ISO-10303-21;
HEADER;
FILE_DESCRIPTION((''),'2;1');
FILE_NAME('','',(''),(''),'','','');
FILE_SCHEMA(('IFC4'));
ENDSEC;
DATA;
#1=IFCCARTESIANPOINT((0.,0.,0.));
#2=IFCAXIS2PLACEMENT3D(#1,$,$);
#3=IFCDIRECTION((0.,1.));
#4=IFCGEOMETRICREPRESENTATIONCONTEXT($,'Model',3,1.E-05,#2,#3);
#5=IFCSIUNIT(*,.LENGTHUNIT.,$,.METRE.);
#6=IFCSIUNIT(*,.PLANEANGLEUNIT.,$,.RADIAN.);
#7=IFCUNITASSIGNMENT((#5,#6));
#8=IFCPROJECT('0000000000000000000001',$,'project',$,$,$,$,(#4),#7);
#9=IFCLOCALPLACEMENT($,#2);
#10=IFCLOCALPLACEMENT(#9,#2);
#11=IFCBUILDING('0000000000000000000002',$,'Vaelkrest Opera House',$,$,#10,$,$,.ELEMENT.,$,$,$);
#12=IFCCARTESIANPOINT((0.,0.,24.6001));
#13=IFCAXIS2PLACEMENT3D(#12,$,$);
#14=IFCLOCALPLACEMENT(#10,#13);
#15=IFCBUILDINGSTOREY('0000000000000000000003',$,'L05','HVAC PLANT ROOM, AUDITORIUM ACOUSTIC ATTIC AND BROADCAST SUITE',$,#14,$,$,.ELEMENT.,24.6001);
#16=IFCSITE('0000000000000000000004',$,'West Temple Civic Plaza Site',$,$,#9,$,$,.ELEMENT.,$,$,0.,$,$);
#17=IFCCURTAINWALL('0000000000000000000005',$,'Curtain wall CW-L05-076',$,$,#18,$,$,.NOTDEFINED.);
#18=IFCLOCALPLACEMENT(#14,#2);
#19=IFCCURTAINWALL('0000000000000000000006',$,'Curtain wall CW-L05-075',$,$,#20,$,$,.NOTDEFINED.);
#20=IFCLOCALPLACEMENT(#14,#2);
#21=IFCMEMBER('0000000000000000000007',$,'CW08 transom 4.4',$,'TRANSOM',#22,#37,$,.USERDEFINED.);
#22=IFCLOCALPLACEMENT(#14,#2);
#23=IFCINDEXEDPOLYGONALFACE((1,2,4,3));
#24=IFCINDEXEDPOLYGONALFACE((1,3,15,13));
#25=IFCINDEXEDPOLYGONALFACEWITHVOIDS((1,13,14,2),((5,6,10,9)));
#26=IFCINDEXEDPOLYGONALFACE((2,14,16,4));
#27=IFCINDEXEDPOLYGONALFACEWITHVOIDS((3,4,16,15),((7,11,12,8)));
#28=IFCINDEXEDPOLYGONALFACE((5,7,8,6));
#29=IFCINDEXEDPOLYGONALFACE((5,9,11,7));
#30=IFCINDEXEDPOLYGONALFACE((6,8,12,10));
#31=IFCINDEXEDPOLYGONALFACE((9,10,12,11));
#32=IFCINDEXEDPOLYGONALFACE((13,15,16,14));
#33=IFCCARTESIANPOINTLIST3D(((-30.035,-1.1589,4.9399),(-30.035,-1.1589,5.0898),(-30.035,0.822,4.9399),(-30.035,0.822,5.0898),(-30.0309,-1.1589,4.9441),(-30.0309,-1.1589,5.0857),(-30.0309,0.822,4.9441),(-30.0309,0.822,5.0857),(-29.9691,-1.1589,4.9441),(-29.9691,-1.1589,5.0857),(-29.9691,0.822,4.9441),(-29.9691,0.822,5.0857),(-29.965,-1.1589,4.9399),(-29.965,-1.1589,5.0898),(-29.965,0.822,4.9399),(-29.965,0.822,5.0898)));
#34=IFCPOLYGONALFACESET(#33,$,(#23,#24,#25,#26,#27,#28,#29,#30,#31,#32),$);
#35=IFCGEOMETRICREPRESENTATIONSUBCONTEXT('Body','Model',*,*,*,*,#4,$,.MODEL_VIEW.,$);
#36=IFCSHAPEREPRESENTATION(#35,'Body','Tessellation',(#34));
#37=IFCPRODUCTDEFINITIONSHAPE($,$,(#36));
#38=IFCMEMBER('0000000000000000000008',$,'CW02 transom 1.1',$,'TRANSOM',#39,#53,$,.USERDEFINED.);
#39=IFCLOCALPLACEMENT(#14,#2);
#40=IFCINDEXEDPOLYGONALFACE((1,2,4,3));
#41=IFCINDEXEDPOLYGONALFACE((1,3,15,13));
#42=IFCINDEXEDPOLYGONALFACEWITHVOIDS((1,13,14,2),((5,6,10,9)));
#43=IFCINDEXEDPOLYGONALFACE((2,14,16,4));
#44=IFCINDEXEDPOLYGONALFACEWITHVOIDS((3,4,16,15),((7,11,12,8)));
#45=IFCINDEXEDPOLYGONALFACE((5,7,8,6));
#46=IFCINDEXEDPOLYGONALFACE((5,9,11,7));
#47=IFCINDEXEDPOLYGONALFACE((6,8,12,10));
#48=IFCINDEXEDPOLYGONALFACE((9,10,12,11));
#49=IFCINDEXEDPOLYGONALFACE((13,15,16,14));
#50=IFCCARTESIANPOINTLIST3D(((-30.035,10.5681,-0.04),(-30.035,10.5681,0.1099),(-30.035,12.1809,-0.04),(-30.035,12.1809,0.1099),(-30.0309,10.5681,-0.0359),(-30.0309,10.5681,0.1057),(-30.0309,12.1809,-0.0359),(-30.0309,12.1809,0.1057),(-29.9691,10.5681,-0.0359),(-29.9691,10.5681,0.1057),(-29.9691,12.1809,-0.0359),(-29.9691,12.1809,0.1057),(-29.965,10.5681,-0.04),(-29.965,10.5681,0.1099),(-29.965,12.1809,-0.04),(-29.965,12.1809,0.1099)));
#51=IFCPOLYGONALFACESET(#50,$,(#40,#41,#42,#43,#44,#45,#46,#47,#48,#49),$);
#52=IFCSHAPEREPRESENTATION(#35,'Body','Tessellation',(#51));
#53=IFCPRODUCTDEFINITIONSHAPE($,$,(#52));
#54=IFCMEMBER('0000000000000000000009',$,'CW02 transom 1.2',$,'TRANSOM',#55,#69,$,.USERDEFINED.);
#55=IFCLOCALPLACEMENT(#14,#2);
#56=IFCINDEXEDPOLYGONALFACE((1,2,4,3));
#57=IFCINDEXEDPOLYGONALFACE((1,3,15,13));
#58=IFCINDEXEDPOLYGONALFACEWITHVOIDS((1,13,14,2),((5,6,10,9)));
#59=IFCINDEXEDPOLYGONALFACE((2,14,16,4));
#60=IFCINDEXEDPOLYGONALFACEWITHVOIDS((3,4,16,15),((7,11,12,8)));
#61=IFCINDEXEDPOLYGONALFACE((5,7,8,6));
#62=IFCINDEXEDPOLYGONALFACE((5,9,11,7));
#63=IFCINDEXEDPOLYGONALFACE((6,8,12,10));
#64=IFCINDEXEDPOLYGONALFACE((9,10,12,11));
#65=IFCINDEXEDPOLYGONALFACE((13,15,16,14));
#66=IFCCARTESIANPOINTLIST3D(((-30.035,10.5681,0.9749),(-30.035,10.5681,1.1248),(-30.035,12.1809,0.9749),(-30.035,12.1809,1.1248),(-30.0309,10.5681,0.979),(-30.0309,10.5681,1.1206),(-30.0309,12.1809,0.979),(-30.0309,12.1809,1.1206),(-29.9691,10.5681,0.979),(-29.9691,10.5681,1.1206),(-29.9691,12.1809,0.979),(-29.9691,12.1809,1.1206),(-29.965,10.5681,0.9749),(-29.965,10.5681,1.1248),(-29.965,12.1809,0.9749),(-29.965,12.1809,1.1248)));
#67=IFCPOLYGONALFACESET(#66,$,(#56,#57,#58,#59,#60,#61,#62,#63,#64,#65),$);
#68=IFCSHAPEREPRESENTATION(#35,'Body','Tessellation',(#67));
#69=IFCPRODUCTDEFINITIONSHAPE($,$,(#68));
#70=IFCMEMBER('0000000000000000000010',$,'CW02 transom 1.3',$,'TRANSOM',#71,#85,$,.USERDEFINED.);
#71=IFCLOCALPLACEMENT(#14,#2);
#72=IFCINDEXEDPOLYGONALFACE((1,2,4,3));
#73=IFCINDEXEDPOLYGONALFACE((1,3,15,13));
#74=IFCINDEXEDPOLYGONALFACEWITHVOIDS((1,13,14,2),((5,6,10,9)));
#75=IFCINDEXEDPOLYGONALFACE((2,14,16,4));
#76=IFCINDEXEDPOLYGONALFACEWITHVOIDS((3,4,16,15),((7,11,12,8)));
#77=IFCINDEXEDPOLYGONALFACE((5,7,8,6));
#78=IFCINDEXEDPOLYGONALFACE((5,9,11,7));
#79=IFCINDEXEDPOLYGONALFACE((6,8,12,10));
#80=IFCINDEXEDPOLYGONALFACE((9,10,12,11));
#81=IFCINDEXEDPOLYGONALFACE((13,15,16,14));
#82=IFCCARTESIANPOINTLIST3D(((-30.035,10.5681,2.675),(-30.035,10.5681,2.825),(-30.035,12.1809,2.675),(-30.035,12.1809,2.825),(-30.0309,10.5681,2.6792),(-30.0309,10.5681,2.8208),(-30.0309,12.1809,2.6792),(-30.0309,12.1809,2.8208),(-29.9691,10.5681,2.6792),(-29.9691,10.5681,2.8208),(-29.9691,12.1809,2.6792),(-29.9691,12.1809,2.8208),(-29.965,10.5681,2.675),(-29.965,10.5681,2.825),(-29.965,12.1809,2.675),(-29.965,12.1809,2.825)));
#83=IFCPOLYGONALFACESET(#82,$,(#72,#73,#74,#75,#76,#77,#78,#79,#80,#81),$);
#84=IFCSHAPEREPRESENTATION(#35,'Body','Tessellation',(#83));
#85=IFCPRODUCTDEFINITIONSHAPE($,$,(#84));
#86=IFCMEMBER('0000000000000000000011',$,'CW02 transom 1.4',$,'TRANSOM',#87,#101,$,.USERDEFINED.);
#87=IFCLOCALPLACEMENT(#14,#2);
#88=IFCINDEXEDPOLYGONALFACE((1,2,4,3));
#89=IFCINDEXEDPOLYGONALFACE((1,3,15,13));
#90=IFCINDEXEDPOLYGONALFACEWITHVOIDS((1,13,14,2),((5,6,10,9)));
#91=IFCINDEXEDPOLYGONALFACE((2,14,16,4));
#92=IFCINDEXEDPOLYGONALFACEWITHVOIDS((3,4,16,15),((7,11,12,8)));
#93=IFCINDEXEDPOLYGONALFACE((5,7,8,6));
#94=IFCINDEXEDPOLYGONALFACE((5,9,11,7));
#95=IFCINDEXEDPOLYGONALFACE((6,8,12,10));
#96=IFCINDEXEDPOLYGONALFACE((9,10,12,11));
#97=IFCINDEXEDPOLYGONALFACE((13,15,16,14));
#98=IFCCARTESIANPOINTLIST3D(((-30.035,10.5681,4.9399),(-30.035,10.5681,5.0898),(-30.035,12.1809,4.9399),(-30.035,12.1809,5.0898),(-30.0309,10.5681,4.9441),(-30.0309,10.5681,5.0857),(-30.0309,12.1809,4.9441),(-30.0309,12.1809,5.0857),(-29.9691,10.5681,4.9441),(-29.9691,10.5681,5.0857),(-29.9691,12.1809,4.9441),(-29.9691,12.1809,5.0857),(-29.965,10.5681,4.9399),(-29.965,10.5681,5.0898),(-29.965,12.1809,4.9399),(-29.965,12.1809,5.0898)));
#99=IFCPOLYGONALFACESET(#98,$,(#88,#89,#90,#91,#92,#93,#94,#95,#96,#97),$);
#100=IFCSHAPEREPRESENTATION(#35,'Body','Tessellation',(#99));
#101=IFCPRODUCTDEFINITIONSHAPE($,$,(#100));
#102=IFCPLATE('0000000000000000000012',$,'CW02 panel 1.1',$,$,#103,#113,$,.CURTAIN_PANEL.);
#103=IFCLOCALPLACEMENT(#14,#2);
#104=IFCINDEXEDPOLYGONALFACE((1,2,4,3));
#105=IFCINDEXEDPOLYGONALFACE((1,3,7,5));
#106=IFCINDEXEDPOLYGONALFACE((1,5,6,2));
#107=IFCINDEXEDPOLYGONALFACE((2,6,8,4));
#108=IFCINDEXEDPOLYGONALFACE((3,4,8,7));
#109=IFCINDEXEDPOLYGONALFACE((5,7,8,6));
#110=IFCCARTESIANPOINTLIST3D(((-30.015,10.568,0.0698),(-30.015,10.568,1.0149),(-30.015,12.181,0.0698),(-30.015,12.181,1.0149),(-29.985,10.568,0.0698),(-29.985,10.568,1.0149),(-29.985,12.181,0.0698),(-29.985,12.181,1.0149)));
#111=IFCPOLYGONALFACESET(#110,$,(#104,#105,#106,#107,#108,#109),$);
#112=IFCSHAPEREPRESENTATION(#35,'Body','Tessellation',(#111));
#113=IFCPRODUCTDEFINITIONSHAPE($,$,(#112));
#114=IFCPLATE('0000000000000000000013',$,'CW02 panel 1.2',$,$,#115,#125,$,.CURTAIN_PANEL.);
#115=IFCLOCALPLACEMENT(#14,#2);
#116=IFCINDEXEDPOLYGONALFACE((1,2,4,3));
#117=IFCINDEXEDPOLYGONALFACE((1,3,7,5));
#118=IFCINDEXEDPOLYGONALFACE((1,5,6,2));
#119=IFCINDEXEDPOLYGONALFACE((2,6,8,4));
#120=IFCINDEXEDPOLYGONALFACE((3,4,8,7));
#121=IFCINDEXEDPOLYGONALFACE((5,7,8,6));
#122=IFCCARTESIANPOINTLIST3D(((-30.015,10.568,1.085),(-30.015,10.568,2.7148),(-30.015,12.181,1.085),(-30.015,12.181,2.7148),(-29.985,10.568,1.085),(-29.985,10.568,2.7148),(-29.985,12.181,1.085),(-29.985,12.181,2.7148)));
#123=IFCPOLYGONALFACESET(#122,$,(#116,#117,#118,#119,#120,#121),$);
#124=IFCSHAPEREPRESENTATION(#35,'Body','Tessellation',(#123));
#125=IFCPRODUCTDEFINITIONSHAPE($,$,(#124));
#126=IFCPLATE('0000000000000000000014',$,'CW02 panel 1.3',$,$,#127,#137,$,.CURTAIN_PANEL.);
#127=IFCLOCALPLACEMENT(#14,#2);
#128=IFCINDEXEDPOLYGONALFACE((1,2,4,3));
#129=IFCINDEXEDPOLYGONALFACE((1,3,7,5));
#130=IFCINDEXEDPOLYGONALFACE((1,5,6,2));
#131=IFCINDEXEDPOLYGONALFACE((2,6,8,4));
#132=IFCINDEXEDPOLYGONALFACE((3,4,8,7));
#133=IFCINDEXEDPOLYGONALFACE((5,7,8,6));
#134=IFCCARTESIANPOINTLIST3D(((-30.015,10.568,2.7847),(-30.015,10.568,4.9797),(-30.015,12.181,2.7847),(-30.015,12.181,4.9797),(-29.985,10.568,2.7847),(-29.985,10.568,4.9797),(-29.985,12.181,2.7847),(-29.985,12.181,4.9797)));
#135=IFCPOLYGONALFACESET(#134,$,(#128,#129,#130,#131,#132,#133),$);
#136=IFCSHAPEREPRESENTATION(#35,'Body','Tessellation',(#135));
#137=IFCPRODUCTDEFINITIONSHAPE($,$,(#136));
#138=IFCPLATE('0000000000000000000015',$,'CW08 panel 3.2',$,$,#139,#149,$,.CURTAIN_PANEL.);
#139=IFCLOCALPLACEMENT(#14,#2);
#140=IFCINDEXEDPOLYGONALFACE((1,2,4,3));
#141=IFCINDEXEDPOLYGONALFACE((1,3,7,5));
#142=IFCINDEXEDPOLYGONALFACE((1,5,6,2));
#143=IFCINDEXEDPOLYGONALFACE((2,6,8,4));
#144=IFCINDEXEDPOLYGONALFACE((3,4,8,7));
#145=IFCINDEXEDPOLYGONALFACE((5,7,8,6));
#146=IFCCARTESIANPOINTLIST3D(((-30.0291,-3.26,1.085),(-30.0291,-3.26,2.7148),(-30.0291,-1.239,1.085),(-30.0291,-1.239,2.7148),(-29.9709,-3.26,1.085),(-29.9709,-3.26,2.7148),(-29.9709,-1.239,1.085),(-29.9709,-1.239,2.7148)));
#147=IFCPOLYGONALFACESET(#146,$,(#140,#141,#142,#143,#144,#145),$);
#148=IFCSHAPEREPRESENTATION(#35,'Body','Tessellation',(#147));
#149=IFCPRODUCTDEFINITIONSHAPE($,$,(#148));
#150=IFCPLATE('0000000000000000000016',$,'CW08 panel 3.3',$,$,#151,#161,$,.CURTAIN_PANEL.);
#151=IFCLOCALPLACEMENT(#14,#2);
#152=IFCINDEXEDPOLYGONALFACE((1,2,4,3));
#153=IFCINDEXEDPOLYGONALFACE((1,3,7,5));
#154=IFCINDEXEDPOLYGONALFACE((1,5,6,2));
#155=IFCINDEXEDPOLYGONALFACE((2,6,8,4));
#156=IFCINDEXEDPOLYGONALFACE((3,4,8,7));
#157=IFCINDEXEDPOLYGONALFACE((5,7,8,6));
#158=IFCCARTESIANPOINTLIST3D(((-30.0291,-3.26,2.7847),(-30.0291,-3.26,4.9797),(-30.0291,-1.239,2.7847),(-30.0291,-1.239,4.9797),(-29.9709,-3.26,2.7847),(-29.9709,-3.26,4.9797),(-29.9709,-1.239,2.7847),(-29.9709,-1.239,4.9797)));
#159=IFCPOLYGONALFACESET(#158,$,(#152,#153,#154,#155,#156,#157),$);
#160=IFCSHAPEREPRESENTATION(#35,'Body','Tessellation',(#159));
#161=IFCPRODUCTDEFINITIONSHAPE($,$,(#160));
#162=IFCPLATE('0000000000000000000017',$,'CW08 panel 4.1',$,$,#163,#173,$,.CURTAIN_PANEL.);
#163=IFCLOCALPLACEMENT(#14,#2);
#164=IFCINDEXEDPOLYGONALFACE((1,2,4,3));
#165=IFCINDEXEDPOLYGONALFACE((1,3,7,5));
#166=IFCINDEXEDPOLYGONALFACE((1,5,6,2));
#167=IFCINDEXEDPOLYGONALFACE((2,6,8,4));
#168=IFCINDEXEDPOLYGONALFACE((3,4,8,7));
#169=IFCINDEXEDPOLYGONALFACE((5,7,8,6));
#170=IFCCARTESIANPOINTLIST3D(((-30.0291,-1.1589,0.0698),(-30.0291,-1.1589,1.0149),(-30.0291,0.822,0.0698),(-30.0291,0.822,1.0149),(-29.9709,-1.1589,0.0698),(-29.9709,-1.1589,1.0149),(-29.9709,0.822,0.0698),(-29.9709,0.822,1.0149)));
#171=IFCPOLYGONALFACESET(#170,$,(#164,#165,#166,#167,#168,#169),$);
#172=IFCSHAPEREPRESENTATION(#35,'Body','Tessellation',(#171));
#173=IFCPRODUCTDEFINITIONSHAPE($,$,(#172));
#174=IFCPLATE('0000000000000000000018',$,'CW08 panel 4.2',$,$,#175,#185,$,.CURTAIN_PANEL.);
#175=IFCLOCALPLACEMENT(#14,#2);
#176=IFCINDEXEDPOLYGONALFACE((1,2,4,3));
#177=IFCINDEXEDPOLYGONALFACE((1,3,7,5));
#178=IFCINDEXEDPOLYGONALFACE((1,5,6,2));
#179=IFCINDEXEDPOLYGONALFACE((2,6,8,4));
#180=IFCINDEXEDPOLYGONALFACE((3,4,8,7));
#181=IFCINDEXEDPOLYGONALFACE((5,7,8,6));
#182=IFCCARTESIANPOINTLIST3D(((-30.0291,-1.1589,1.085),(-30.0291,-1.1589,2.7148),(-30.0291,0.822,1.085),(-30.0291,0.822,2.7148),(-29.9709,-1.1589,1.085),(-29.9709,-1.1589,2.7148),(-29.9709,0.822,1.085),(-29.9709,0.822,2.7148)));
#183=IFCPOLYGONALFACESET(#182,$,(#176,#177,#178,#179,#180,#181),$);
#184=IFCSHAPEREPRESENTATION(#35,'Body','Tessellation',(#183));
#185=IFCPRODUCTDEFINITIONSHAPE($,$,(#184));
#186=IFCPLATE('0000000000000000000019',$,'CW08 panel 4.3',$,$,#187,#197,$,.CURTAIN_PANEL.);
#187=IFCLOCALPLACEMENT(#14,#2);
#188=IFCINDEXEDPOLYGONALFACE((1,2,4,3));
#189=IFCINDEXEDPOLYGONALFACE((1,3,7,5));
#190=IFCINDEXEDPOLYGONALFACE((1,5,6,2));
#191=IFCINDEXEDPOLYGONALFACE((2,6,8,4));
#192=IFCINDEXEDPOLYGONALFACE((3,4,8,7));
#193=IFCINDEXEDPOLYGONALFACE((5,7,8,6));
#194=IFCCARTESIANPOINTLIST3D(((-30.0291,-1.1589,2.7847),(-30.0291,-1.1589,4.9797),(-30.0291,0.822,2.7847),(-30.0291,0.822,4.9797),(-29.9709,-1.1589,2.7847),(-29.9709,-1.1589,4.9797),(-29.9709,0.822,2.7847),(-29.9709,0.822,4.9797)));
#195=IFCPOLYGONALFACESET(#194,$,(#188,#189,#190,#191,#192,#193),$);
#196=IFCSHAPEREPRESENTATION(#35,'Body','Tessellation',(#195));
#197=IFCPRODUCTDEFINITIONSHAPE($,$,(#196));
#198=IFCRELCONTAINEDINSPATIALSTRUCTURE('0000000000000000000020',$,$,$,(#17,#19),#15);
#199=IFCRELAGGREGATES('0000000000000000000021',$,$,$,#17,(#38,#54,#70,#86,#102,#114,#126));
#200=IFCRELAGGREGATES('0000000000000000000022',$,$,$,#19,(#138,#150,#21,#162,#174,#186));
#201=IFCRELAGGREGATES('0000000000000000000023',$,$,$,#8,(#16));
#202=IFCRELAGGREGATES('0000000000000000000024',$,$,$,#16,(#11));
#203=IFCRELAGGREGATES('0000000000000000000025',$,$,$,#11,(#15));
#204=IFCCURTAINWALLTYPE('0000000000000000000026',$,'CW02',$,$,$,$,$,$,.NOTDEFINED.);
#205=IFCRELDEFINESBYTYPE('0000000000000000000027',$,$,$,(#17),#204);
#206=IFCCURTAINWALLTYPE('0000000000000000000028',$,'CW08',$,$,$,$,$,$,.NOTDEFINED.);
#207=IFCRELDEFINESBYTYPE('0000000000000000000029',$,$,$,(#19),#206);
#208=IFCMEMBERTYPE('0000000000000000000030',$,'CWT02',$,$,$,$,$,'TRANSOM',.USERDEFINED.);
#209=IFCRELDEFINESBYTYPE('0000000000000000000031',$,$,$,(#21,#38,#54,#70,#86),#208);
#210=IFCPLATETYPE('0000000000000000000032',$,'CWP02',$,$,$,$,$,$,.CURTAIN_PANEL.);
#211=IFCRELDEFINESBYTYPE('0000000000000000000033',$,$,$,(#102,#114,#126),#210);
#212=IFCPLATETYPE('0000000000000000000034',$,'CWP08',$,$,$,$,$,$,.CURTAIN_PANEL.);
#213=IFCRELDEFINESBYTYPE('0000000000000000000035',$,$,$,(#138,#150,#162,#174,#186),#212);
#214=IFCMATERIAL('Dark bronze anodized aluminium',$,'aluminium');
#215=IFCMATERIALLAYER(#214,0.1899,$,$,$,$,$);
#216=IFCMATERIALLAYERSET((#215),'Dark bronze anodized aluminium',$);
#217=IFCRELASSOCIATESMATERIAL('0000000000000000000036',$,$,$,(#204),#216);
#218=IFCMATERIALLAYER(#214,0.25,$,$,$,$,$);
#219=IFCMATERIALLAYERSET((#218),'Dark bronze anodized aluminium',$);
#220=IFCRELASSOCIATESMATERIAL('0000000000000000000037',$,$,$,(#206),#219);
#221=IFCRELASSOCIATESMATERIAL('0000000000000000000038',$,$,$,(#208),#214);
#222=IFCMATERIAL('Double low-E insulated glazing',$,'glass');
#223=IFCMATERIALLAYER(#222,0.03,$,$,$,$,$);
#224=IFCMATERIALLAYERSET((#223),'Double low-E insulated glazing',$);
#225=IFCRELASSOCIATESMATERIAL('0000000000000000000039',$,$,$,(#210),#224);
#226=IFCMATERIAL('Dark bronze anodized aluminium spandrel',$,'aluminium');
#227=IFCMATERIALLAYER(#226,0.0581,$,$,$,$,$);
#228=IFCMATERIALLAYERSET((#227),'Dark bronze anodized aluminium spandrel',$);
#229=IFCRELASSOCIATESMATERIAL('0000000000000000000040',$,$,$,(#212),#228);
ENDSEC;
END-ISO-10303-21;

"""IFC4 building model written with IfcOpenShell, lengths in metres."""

from ifc_helpers import new_model, si_unit, direction, frame, origin, origin_2d, place, context, subcontext, project, spatial, rectangle, hollow_rectangle, extrude, material, layer, layer_set, material_profile, profile_set, type_object, element, aggregate, save


model = new_model("IFC4")

# Units and contexts
model_context = context("Model", 3, precision=1e-05, world=origin(), true_north=direction((0.0, 1.0)))
body_context = subcontext(model_context, "Body", "Model", "MODEL_VIEW")
ifc_project = project(units=[si_unit("LENGTHUNIT", "METRE"), si_unit("PLANEANGLEUNIT", "RADIAN")], contexts=[model_context])

# Site, building, storey
site_placement = place(None, origin())
site = spatial("IfcSite", under=ifc_project, at=site_placement, Name="West Temple Civic Plaza Site", CompositionType="ELEMENT", RefElevation=0.0)
building_placement = place(site_placement, origin())
building = spatial("IfcBuilding", under=site, at=building_placement, Name="Vaelkrest Opera House", CompositionType="ELEMENT")
storey_placement = place(building_placement, frame((0.0, 0.0, 24.6001)))
storey = spatial("IfcBuildingStorey", under=building, at=storey_placement, Name="L05", Description="HVAC PLANT ROOM, AUDITORIUM ACOUSTIC ATTIC AND BROADCAST SUITE", CompositionType="ELEMENT", Elevation=24.6001)

# Curtain wall
ifc_material_1 = material(Name="Dark bronze anodized aluminium", Category="aluminium")
ifc_layer_1 = layer(ifc_material_1, 0.1899)
ifc_layer_set_1 = layer_set([ifc_layer_1], Name="Dark bronze anodized aluminium")
curtain_wall_type_1 = type_object("IfcCurtainWallType", Name="CW02", PredefinedType="NOTDEFINED", material=ifc_layer_set_1)
curtain_wall_1_placement = place(storey_placement, origin())
curtain_wall_1 = element("IfcCurtainWall", 1, at=curtain_wall_1_placement, inside=storey, type_object=curtain_wall_type_1, Name="Curtain wall CW-L05-076", PredefinedType="NOTDEFINED")

# Curtain wall, member
ifc_layer_2 = layer(ifc_material_1, 0.25)
ifc_layer_set_2 = layer_set([ifc_layer_2], Name="Dark bronze anodized aluminium")
curtain_wall_type_2 = type_object("IfcCurtainWallType", Name="CW08", PredefinedType="NOTDEFINED", material=ifc_layer_set_2)
curtain_wall_2_placement = place(storey_placement, origin())
curtain_wall_2 = element("IfcCurtainWall", 2, at=curtain_wall_2_placement, inside=storey, type_object=curtain_wall_type_2, Name="Curtain wall CW-L05-075", PredefinedType="NOTDEFINED")
ifc_material_profile_1 = material_profile(ifc_material_1, hollow_rectangle(XDim=0.0701, YDim=0.1499, WallThickness=0.0042, at=origin_2d()), Name="CWT70X150")
ifc_profile_set_1 = profile_set([ifc_material_profile_1], Name="Dark bronze anodized aluminium")
member_type_1 = type_object("IfcMemberType", Name="CWT02", ElementType="TRANSOM", PredefinedType="USERDEFINED", material=ifc_profile_set_1)
member_1_placement = place(storey_placement, frame((-30.0, -1.1589, 5.0149), z_axis=(0.0, 1.0, 0.0), x_axis=(-1.0, 0.0, 0.0)))
member_1 = element("IfcMember", 3, at=member_1_placement, type_object=member_type_1, Name="CW08 transom 4.4", ObjectType="TRANSOM", PredefinedType="USERDEFINED", context=body_context, shape_type="SweptSolid", body=[
    extrude(hollow_rectangle(XDim=0.0701, YDim=0.1499, WallThickness=0.0042, at=origin_2d()), origin(), (0.0, 0.0, 1.0), 1.981),
])

# Members
member_2_placement = place(storey_placement, frame((-30.0, 10.5681, 0.0349), z_axis=(0.0, 1.0, 0.0), x_axis=(-1.0, 0.0, 0.0)))
member_2 = element("IfcMember", 4, at=member_2_placement, type_object=member_type_1, Name="CW02 transom 1.1", ObjectType="TRANSOM", PredefinedType="USERDEFINED", context=body_context, shape_type="SweptSolid", body=[
    extrude(hollow_rectangle(XDim=0.0701, YDim=0.1499, WallThickness=0.0042, at=origin_2d()), origin(), (0.0, 0.0, 1.0), 1.6128),
])
member_3_placement = place(storey_placement, frame((-30.0, 10.5681, 1.0498), z_axis=(0.0, 1.0, 0.0), x_axis=(-1.0, 0.0, 0.0)))
member_3 = element("IfcMember", 5, at=member_3_placement, type_object=member_type_1, Name="CW02 transom 1.2", ObjectType="TRANSOM", PredefinedType="USERDEFINED", context=body_context, shape_type="SweptSolid", body=[
    extrude(hollow_rectangle(XDim=0.0701, YDim=0.1499, WallThickness=0.0042, at=origin_2d()), origin(), (0.0, 0.0, 1.0), 1.6128),
])
member_4_placement = place(storey_placement, frame((-30.0, 10.5681, 2.75), z_axis=(0.0, 1.0, 0.0), x_axis=(-1.0, 0.0, 0.0)))
member_4 = element("IfcMember", 6, at=member_4_placement, type_object=member_type_1, Name="CW02 transom 1.3", ObjectType="TRANSOM", PredefinedType="USERDEFINED", context=body_context, shape_type="SweptSolid", body=[
    extrude(hollow_rectangle(XDim=0.0701, YDim=0.1499, WallThickness=0.0042, at=origin_2d()), origin(), (0.0, 0.0, 1.0), 1.6128),
])
member_5_placement = place(storey_placement, frame((-30.0, 10.5681, 5.0149), z_axis=(0.0, 1.0, 0.0), x_axis=(-1.0, 0.0, 0.0)))
member_5 = element("IfcMember", 7, at=member_5_placement, type_object=member_type_1, Name="CW02 transom 1.4", ObjectType="TRANSOM", PredefinedType="USERDEFINED", context=body_context, shape_type="SweptSolid", body=[
    extrude(hollow_rectangle(XDim=0.0701, YDim=0.1499, WallThickness=0.0042, at=origin_2d()), origin(), (0.0, 0.0, 1.0), 1.6128),
])

# Plates
ifc_material_2 = material(Name="Double low-E insulated glazing", Category="glass")
ifc_layer_3 = layer(ifc_material_2, 0.03)
ifc_layer_set_3 = layer_set([ifc_layer_3], Name="Double low-E insulated glazing")
plate_type_1 = type_object("IfcPlateType", Name="CWP02", PredefinedType="CURTAIN_PANEL", material=ifc_layer_set_3)
plate_1_placement = place(storey_placement, frame((-30.0, 11.3745, 0.0698), z_axis=(0.0, 0.0, 1.0), x_axis=(0.0, 1.0, 0.0)))
plate_1 = element("IfcPlate", 8, at=plate_1_placement, type_object=plate_type_1, Name="CW02 panel 1.1", PredefinedType="CURTAIN_PANEL", context=body_context, shape_type="SweptSolid", body=[
    extrude(rectangle(XDim=1.613, YDim=0.03, at=origin_2d()), origin(), (0.0, 0.0, 1.0), 0.9451),
])
plate_2_placement = place(storey_placement, frame((-30.0, 11.3745, 1.085), z_axis=(0.0, 0.0, 1.0), x_axis=(0.0, 1.0, 0.0)))
plate_2 = element("IfcPlate", 9, at=plate_2_placement, type_object=plate_type_1, Name="CW02 panel 1.2", PredefinedType="CURTAIN_PANEL", context=body_context, shape_type="SweptSolid", body=[
    extrude(rectangle(XDim=1.613, YDim=0.03, at=origin_2d()), origin(), (0.0, 0.0, 1.0), 1.6299),
])
plate_3_placement = place(storey_placement, frame((-30.0, 11.3745, 2.7847), z_axis=(0.0, 0.0, 1.0), x_axis=(0.0, 1.0, 0.0)))
plate_3 = element("IfcPlate", 10, at=plate_3_placement, type_object=plate_type_1, Name="CW02 panel 1.3", PredefinedType="CURTAIN_PANEL", context=body_context, shape_type="SweptSolid", body=[
    extrude(rectangle(XDim=1.613, YDim=0.03, at=origin_2d()), origin(), (0.0, 0.0, 1.0), 2.1951),
])
aggregate(curtain_wall_1, [member_2, member_3, member_4, member_5, plate_1, plate_2, plate_3])
ifc_material_3 = material(Name="Dark bronze anodized aluminium spandrel", Category="aluminium")
ifc_layer_4 = layer(ifc_material_3, 0.0581)
ifc_layer_set_4 = layer_set([ifc_layer_4], Name="Dark bronze anodized aluminium spandrel")
plate_type_2 = type_object("IfcPlateType", Name="CWP08", PredefinedType="CURTAIN_PANEL", material=ifc_layer_set_4)
plate_4_placement = place(storey_placement, frame((-30.0, -2.2495, 1.085), z_axis=(0.0, 0.0, 1.0), x_axis=(0.0, 1.0, 0.0)))
plate_4 = element("IfcPlate", 11, at=plate_4_placement, type_object=plate_type_2, Name="CW08 panel 3.2", PredefinedType="CURTAIN_PANEL", context=body_context, shape_type="SweptSolid", body=[
    extrude(rectangle(XDim=2.021, YDim=0.0581, at=origin_2d()), origin(), (0.0, 0.0, 1.0), 1.6299),
])
plate_5_placement = place(storey_placement, frame((-30.0, -2.2495, 2.7847), z_axis=(0.0, 0.0, 1.0), x_axis=(0.0, 1.0, 0.0)))
plate_5 = element("IfcPlate", 12, at=plate_5_placement, type_object=plate_type_2, Name="CW08 panel 3.3", PredefinedType="CURTAIN_PANEL", context=body_context, shape_type="SweptSolid", body=[
    extrude(rectangle(XDim=2.021, YDim=0.0581, at=origin_2d()), origin(), (0.0, 0.0, 1.0), 2.1951),
])
plate_6_placement = place(storey_placement, frame((-30.0, -0.1685, 0.0698), z_axis=(0.0, 0.0, 1.0), x_axis=(0.0, 1.0, 0.0)))
plate_6 = element("IfcPlate", 13, at=plate_6_placement, type_object=plate_type_2, Name="CW08 panel 4.1", PredefinedType="CURTAIN_PANEL", context=body_context, shape_type="SweptSolid", body=[
    extrude(rectangle(XDim=1.981, YDim=0.0581, at=origin_2d()), origin(), (0.0, 0.0, 1.0), 0.9451),
])
plate_7_placement = place(storey_placement, frame((-30.0, -0.1685, 1.085), z_axis=(0.0, 0.0, 1.0), x_axis=(0.0, 1.0, 0.0)))
plate_7 = element("IfcPlate", 14, at=plate_7_placement, type_object=plate_type_2, Name="CW08 panel 4.2", PredefinedType="CURTAIN_PANEL", context=body_context, shape_type="SweptSolid", body=[
    extrude(rectangle(XDim=1.981, YDim=0.0581, at=origin_2d()), origin(), (0.0, 0.0, 1.0), 1.6299),
])
plate_8_placement = place(storey_placement, frame((-30.0, -0.1685, 2.7847), z_axis=(0.0, 0.0, 1.0), x_axis=(0.0, 1.0, 0.0)))
plate_8 = element("IfcPlate", 15, at=plate_8_placement, type_object=plate_type_2, Name="CW08 panel 4.3", PredefinedType="CURTAIN_PANEL", context=body_context, shape_type="SweptSolid", body=[
    extrude(rectangle(XDim=1.981, YDim=0.0581, at=origin_2d()), origin(), (0.0, 0.0, 1.0), 2.1951),
])
aggregate(curtain_wall_2, [plate_4, plate_5, member_1, plate_6, plate_7, plate_8])

save(model, "model.ifc")
